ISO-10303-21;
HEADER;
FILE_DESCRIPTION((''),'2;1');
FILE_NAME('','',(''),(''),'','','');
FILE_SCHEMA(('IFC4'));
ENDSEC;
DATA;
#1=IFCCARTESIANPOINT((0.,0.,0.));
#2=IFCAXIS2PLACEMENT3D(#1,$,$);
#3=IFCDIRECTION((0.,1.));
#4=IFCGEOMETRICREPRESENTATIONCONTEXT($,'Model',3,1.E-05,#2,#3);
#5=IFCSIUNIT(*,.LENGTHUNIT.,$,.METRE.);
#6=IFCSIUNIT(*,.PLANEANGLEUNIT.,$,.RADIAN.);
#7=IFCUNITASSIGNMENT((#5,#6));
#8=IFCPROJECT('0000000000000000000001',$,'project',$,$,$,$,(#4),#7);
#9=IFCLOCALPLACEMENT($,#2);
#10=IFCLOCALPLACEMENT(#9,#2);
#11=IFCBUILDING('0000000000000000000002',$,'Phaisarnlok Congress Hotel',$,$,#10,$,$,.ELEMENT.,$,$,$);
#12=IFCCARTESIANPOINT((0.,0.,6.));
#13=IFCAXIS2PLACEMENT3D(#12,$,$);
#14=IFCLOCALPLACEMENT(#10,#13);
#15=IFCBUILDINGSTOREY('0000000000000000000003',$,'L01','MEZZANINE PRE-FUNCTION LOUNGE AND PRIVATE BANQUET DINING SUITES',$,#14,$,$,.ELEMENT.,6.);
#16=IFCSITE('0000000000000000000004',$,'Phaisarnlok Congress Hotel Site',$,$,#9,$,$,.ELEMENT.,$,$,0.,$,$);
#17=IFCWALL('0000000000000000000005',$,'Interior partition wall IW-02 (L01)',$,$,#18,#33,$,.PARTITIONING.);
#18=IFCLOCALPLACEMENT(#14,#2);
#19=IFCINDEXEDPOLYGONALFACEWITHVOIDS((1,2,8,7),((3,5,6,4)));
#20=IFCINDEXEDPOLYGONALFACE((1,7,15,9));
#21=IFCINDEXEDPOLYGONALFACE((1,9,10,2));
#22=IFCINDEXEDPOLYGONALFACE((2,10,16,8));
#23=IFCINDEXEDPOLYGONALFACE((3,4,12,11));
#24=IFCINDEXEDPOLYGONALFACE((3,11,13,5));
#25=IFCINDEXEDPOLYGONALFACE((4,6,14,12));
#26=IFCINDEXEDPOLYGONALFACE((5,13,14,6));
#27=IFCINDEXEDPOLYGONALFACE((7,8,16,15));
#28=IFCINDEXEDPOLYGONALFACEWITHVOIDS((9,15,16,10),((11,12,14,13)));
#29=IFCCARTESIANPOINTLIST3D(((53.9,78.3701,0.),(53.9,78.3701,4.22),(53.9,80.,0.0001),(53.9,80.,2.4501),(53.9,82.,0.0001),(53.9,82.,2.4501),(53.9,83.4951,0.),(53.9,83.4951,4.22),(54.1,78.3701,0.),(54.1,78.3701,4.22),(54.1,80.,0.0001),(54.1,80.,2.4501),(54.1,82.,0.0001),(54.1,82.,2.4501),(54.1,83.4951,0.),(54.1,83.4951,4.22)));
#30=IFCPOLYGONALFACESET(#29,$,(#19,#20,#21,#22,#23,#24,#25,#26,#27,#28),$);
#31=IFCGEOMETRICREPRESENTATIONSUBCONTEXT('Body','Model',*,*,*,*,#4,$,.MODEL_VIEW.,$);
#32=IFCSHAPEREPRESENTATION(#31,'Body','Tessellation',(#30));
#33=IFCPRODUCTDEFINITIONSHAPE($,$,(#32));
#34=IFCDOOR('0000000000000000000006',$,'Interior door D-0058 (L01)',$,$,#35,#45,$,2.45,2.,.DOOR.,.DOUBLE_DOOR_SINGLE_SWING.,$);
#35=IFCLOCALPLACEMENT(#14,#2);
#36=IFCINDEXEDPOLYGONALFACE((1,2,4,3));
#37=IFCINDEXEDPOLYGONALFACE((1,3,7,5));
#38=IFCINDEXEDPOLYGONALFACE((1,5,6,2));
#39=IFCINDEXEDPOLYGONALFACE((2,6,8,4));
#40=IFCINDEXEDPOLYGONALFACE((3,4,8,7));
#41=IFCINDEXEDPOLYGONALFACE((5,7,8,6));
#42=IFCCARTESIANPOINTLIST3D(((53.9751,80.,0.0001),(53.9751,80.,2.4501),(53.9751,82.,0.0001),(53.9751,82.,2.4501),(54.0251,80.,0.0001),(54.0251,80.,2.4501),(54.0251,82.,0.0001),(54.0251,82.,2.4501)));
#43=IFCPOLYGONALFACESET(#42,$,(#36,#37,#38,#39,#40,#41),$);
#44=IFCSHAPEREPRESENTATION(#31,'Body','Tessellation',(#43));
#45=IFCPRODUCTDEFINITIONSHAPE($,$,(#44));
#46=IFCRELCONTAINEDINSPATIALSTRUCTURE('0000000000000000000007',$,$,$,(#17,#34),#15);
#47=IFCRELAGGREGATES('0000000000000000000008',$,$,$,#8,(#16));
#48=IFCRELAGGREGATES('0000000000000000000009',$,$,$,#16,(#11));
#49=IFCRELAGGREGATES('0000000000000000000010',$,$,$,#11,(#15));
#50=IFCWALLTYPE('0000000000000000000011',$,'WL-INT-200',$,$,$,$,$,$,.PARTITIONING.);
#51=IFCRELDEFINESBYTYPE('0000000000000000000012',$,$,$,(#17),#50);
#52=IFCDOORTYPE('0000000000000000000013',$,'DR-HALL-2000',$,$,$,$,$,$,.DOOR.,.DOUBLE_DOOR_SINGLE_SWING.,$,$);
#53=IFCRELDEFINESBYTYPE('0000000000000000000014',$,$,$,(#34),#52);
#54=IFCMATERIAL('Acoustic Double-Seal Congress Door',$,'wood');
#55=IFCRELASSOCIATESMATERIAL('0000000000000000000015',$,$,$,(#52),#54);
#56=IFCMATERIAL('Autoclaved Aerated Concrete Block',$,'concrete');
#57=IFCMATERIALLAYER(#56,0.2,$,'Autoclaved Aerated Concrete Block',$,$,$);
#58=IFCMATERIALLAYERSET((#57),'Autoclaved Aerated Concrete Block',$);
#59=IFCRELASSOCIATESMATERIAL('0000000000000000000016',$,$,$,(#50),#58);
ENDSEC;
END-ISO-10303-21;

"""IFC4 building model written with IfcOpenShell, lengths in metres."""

from ifc_helpers import new_model, si_unit, direction, frame, frame_2d, origin, place, context, subcontext, project, spatial, rectangle, extrude, material, layer, layer_set, type_object, element, fill, save


model = new_model("IFC4")

# Units and contexts
model_context = context("Model", 3, precision=1e-05, world=origin(), true_north=direction((0.0, 1.0)))
body_context = subcontext(model_context, "Body", "Model", "MODEL_VIEW")
ifc_project = project(units=[si_unit("LENGTHUNIT", "METRE"), si_unit("PLANEANGLEUNIT", "RADIAN")], contexts=[model_context])

# Site, building, storey
site_placement = place(None, origin())
site = spatial("IfcSite", under=ifc_project, at=site_placement, Name="Phaisarnlok Congress Hotel Site", CompositionType="ELEMENT", RefElevation=0.0)
building_placement = place(site_placement, origin())
building = spatial("IfcBuilding", under=site, at=building_placement, Name="Phaisarnlok Congress Hotel", CompositionType="ELEMENT")
storey_placement = place(building_placement, frame((0.0, 0.0, 6.0)))
storey = spatial("IfcBuildingStorey", under=building, at=storey_placement, Name="L01", Description="MEZZANINE PRE-FUNCTION LOUNGE AND PRIVATE BANQUET DINING SUITES", CompositionType="ELEMENT", Elevation=6.0)

# Shared definitions
ifc_material_1 = material(Name="Acoustic Double-Seal Congress Door", Category="wood")
door_type_1 = type_object("IfcDoorType", Name="DR-HALL-2000", OperationType="DOUBLE_DOOR_SINGLE_SWING", PredefinedType="DOOR", material=ifc_material_1)

# Shared definitions
ifc_material_2 = material(Name="Autoclaved Aerated Concrete Block", Category="concrete")

# Wall, opening, door
ifc_layer_1 = layer(ifc_material_2, 0.2, Name="Autoclaved Aerated Concrete Block")
ifc_layer_set_1 = layer_set([ifc_layer_1], Name="Autoclaved Aerated Concrete Block")
wall_type_1 = type_object("IfcWallType", Name="WL-INT-200", PredefinedType="PARTITIONING", material=ifc_layer_set_1)
wall_1_placement = place(storey_placement, frame((54.0, 78.3701, 0.0), z_axis=(0.0, 0.0, 1.0), x_axis=(0.0, 1.0, 0.0)))
wall_1 = element("IfcWall", 1, at=wall_1_placement, inside=storey, type_object=wall_type_1, Name="Interior partition wall IW-02 (L01)", PredefinedType="PARTITIONING", context=body_context, shape_type="SweptSolid", body=[
    extrude(rectangle(XDim=5.125, YDim=0.2, at=frame_2d((2.5625, 0.0))), origin(), (0.0, 0.0, 1.0), 4.22),
])
opening_1_placement = place(wall_1_placement, frame((1.6299, 0.0, 0.0)))
opening_1 = element("IfcOpeningElement", 2, at=opening_1_placement, cuts=wall_1, PredefinedType="OPENING", context=body_context, shape_type="SweptSolid", body=[
    extrude(rectangle(XDim=2.0, YDim=2.45, at=frame_2d((1.0, 1.2251))), frame((0.0, 0.1099, 0.0), z_axis=(0.0, -1.0, 0.0), x_axis=(1.0, 0.0, 0.0)), (0.0, 0.0, 1.0), 0.22),
])
door_1_placement = place(opening_1_placement, origin())
door_1 = element("IfcDoor", 3, at=door_1_placement, inside=storey, type_object=door_type_1, Name="Interior door D-0058 (L01)", OperationType="DOUBLE_DOOR_SINGLE_SWING", OverallHeight=2.45, OverallWidth=2.0, PredefinedType="DOOR", context=body_context, shape_type="SweptSolid", body=[
    extrude(rectangle(XDim=2.0, YDim=2.45, at=frame_2d((1.0, 1.2251))), frame((0.0, 0.0249, 0.0), z_axis=(0.0, -1.0, 0.0), x_axis=(1.0, 0.0, 0.0)), (0.0, 0.0, 1.0), 0.05),
])
fill(opening_1, door_1)

save(model, "model.ifc")
